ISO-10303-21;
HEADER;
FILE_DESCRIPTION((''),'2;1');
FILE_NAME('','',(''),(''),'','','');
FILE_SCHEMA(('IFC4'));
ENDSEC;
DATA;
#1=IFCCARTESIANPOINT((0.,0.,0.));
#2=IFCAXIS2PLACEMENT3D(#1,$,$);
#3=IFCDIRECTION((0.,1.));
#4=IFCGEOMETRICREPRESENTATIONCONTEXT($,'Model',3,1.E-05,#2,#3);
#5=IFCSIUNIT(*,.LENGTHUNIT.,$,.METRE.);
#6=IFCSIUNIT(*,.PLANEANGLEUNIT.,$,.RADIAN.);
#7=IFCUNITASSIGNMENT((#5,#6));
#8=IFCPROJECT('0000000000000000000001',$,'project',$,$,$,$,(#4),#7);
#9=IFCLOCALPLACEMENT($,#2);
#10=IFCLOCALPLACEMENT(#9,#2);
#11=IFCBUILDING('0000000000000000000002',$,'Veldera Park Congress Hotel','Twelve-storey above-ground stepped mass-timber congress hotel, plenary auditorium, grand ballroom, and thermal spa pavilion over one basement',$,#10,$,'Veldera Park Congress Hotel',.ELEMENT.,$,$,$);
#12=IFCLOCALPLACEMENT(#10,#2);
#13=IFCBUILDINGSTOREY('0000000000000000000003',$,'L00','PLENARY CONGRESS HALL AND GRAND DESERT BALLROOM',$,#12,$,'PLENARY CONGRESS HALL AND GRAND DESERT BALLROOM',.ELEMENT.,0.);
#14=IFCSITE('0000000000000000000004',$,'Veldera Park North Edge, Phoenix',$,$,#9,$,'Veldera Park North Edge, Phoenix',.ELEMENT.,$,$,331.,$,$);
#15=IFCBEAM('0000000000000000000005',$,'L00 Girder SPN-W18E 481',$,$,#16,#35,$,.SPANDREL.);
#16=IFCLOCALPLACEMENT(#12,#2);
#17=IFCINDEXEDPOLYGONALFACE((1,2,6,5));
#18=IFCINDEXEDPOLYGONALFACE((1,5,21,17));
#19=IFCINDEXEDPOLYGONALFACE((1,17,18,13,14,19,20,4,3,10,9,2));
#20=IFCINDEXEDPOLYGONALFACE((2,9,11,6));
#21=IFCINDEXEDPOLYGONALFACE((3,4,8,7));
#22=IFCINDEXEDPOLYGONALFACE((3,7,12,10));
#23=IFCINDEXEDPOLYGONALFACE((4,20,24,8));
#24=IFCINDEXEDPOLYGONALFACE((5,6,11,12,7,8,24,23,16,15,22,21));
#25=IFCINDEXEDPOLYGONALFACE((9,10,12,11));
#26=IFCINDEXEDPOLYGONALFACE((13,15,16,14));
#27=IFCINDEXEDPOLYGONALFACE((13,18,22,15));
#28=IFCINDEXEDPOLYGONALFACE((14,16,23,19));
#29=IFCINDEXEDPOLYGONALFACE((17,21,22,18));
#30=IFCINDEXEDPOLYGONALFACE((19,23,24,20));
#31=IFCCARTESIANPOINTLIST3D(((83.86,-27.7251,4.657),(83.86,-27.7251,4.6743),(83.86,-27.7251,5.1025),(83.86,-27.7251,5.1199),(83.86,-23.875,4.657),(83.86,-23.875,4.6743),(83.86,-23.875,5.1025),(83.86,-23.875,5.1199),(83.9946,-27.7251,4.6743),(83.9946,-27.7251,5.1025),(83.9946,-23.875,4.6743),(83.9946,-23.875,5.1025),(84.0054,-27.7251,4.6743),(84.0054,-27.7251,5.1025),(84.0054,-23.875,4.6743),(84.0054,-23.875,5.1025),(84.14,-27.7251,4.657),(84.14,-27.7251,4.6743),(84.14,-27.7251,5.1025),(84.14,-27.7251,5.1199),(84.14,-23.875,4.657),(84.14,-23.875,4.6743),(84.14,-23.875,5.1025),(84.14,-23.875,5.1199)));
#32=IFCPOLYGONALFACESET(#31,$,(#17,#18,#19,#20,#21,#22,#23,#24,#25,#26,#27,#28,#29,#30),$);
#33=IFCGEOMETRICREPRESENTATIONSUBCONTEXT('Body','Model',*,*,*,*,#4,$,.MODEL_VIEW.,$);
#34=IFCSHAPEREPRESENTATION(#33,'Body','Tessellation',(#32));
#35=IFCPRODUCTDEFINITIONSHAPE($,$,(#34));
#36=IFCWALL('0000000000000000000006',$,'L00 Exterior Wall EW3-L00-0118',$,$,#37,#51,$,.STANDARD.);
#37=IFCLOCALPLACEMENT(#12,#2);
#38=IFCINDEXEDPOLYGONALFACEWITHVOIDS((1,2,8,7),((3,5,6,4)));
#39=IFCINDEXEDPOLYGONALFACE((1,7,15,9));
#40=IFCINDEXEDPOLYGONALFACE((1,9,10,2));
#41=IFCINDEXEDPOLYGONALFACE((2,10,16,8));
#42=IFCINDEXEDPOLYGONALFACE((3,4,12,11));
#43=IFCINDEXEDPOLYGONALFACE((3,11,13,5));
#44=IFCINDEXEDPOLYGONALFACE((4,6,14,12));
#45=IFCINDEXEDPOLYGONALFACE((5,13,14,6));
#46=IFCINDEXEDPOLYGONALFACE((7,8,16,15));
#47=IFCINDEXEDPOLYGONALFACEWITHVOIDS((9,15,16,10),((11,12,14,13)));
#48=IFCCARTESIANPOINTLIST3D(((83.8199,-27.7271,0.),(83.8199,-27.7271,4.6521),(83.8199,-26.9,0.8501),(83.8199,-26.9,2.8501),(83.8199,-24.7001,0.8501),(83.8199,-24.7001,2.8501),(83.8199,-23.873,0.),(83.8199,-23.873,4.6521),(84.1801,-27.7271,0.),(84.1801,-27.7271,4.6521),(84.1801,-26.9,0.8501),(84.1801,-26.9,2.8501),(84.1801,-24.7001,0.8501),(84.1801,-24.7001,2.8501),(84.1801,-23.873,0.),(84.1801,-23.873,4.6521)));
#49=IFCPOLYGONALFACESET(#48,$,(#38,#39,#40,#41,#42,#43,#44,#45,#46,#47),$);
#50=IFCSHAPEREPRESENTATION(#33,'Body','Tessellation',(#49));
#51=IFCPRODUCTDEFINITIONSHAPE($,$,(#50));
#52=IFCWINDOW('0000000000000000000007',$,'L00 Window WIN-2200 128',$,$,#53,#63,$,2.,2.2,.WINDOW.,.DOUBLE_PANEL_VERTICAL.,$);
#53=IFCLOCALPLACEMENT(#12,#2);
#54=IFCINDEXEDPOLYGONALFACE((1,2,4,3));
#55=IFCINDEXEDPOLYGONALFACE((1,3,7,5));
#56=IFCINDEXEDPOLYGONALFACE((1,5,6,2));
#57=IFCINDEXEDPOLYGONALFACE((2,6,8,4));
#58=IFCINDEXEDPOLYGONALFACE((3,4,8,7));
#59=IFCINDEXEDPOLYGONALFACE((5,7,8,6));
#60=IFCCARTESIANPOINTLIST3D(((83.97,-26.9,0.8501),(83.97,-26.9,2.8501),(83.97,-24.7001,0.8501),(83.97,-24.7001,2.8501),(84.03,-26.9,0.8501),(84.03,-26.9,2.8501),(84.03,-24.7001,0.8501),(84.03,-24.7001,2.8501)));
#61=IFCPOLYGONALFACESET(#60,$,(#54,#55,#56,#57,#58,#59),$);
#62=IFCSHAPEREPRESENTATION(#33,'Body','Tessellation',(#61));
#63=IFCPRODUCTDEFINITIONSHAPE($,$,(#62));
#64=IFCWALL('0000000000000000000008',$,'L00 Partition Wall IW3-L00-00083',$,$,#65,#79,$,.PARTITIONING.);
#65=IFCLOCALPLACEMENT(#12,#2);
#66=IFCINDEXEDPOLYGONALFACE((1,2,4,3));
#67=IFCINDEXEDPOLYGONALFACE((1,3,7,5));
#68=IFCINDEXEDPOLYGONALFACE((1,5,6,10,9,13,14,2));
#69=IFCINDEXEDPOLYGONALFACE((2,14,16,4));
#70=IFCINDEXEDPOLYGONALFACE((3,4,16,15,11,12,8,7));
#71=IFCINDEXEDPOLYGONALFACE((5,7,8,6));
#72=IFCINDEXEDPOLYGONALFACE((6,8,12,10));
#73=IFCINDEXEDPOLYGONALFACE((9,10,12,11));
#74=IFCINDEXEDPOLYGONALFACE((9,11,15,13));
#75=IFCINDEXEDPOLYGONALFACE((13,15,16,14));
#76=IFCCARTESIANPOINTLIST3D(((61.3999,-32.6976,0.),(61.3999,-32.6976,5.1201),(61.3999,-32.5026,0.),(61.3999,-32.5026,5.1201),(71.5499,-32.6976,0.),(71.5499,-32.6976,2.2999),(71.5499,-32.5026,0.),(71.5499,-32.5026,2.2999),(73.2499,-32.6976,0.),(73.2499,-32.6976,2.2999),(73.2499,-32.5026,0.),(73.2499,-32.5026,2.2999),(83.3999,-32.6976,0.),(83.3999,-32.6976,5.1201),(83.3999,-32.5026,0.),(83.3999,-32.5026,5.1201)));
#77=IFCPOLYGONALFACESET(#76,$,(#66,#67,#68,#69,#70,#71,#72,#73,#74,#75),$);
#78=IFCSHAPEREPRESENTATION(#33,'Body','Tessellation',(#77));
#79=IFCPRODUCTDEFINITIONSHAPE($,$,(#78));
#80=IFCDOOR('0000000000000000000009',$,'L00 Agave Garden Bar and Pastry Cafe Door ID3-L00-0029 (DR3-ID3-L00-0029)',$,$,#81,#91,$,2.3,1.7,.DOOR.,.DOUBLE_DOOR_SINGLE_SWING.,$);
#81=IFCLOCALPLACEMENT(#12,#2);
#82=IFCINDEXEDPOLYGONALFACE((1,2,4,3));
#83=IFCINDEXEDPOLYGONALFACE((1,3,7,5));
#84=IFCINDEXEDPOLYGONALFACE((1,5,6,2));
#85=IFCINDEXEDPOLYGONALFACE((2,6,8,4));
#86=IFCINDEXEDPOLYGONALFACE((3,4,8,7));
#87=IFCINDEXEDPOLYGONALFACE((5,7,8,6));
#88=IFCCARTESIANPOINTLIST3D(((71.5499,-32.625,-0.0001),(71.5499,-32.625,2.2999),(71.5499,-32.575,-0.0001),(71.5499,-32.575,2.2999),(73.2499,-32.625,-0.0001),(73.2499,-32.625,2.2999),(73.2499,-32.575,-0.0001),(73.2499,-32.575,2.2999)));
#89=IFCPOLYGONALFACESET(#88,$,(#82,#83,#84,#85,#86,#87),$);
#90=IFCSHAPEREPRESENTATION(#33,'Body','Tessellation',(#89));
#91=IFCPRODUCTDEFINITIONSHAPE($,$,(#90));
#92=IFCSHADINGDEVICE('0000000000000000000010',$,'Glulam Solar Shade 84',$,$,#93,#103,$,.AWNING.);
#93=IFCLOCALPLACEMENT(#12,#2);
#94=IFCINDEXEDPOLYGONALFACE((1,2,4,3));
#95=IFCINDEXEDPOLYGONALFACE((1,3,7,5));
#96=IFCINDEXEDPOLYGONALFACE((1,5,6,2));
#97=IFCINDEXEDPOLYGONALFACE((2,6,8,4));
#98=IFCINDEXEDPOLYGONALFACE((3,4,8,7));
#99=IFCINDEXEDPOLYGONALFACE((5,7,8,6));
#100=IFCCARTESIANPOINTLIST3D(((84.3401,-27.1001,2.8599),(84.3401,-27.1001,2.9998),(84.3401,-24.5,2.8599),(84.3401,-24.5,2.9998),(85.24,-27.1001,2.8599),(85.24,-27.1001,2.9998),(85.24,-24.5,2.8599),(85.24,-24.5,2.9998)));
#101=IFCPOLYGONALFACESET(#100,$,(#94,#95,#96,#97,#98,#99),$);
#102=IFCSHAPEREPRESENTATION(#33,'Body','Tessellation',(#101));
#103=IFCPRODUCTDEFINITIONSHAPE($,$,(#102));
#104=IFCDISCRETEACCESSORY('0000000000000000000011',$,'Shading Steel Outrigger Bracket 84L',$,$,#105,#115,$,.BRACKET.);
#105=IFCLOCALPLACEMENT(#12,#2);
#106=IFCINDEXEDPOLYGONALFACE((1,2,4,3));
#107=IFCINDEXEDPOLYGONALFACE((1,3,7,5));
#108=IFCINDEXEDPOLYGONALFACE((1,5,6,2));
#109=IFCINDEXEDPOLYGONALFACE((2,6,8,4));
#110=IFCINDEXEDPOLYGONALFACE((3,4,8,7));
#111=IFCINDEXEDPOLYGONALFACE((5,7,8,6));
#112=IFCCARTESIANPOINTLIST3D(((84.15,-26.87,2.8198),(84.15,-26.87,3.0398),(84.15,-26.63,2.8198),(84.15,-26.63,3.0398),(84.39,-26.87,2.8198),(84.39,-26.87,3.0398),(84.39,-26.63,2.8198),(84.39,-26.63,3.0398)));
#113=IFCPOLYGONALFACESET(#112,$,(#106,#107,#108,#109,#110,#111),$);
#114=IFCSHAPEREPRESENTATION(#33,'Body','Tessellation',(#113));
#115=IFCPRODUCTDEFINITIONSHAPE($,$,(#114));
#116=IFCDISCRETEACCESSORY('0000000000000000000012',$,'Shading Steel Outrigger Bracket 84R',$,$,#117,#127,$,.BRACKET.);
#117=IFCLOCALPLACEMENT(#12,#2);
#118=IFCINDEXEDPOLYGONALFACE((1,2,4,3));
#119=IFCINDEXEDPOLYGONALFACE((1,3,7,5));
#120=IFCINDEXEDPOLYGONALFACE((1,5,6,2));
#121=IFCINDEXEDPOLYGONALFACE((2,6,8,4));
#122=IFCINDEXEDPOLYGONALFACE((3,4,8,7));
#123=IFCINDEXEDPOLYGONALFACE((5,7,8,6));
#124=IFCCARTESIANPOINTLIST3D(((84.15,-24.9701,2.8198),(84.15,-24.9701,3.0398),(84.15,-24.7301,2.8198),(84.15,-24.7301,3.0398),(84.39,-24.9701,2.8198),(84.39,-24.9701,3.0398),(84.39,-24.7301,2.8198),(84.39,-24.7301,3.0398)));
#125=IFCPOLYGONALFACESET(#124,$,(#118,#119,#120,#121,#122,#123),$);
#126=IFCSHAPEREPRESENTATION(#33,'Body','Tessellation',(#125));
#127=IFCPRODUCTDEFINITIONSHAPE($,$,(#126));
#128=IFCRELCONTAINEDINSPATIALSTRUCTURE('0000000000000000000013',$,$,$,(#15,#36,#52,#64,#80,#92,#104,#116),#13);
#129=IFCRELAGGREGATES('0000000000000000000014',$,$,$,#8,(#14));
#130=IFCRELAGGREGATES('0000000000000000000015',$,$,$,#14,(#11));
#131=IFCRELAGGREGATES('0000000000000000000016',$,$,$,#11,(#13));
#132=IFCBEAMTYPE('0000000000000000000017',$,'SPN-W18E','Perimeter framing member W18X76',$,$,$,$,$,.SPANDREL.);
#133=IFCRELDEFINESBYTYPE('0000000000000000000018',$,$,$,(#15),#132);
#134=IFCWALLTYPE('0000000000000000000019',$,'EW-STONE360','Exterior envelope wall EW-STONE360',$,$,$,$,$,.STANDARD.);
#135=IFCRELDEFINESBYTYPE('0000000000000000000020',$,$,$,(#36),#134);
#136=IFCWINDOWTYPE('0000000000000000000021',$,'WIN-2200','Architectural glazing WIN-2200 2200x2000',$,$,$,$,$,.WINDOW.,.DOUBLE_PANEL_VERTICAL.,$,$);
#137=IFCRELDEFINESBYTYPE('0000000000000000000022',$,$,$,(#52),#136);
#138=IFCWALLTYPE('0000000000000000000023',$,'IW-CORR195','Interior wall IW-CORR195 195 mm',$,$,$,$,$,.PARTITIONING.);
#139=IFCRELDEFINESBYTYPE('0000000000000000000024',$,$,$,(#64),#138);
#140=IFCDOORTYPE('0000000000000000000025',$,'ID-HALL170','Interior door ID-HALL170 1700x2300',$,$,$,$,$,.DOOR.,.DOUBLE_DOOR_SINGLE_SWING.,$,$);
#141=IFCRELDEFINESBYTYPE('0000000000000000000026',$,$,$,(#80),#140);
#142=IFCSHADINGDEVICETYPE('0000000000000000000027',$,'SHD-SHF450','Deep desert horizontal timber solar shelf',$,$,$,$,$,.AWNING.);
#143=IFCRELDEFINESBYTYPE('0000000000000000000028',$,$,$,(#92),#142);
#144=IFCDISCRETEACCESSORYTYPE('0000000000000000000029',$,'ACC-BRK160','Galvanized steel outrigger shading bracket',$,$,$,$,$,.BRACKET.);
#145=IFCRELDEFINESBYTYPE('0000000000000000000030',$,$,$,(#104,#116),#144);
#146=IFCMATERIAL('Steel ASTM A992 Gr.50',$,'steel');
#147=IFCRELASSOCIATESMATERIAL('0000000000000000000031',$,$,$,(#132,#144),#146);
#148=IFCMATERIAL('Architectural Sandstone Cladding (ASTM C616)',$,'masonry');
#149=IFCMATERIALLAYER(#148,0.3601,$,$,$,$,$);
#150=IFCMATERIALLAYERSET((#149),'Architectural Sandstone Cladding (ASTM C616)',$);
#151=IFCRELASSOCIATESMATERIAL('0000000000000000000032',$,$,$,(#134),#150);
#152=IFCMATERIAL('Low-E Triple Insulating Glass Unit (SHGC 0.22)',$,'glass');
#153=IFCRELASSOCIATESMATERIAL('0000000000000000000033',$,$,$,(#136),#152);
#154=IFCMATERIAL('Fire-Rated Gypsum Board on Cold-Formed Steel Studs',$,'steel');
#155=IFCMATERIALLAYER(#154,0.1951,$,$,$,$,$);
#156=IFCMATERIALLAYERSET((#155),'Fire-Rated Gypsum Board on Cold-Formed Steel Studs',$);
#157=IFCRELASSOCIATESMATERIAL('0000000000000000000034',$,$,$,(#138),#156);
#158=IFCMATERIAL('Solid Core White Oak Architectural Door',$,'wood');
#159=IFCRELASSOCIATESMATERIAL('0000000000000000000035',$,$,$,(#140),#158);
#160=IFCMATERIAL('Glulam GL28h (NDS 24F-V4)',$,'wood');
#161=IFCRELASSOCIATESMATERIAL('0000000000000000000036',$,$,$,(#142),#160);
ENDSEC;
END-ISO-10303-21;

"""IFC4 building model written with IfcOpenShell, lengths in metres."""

from ifc_helpers import new_model, si_unit, direction, frame, frame_2d, origin, origin_2d, place, context, subcontext, project, spatial, rectangle, i_section, extrude, material, layer, layer_set, material_profile, profile_set, type_object, element, fill, save


model = new_model("IFC4")

# Units and contexts
model_context = context("Model", 3, precision=1e-05, world=origin(), true_north=direction((0.0, 1.0)))
body_context = subcontext(model_context, "Body", "Model", "MODEL_VIEW")
ifc_project = project(units=[si_unit("LENGTHUNIT", "METRE"), si_unit("PLANEANGLEUNIT", "RADIAN")], contexts=[model_context])

# Site, building, storey
site_placement = place(None, origin())
site = spatial("IfcSite", under=ifc_project, at=site_placement, Name="Veldera Park North Edge, Phoenix", LongName="Veldera Park North Edge, Phoenix", CompositionType="ELEMENT", RefElevation=331.0)
building_placement = place(site_placement, origin())
building = spatial("IfcBuilding", under=site, at=building_placement, Name="Veldera Park Congress Hotel", Description="Twelve-storey above-ground stepped mass-timber congress hotel, plenary auditorium, grand ballroom, and thermal spa pavilion over one basement", LongName="Veldera Park Congress Hotel", CompositionType="ELEMENT")
storey_placement = place(building_placement, origin())
storey = spatial("IfcBuildingStorey", under=building, at=storey_placement, Name="L00", Description="PLENARY CONGRESS HALL AND GRAND DESERT BALLROOM", LongName="PLENARY CONGRESS HALL AND GRAND DESERT BALLROOM", CompositionType="ELEMENT", Elevation=0.0)

# Beam
ifc_material_1 = material(Name="Glulam GL28h (NDS 24F-V4)", Category="wood")
ifc_material_2 = material(Name="Steel ASTM A992 Gr.50", Category="steel")
ifc_material_profile_1 = material_profile(ifc_material_2, i_section(OverallWidth=0.28, OverallDepth=0.4629, WebThickness=0.0107, FlangeThickness=0.0173, at=origin_2d()), Name="W18X76")
ifc_profile_set_1 = profile_set([ifc_material_profile_1], Name="Steel ASTM A992 Gr.50")
beam_type_1 = type_object("IfcBeamType", Name="SPN-W18E", Description="Perimeter framing member W18X76", PredefinedType="SPANDREL", material=ifc_profile_set_1)
beam_1_placement = place(storey_placement, frame((84.0, -27.7251, 4.8884), z_axis=(0.0, 1.0, 0.0), x_axis=(-1.0, 0.0, 0.0)))
element("IfcBeam", 1, at=beam_1_placement, inside=storey, type_object=beam_type_1, Name="L00 Girder SPN-W18E 481", PredefinedType="SPANDREL", context=body_context, shape_type="SweptSolid", body=[
    extrude(i_section(OverallWidth=0.28, OverallDepth=0.4629, WebThickness=0.0107, FlangeThickness=0.0173, at=origin_2d()), origin(), (0.0, 0.0, 1.0), 3.8501),
])

# Wall, opening, window
ifc_material_3 = material(Name="Architectural Sandstone Cladding (ASTM C616)", Category="masonry")
ifc_layer_1 = layer(ifc_material_3, 0.3601)
ifc_layer_set_1 = layer_set([ifc_layer_1], Name="Architectural Sandstone Cladding (ASTM C616)")
wall_type_1 = type_object("IfcWallType", Name="EW-STONE360", Description="Exterior envelope wall EW-STONE360", PredefinedType="STANDARD", material=ifc_layer_set_1)
wall_1_placement = place(storey_placement, frame((84.0, -27.7271, 0.0), z_axis=(0.0, 0.0, 1.0), x_axis=(0.0, 1.0, 0.0)))
wall_1 = element("IfcWall", 2, at=wall_1_placement, inside=storey, type_object=wall_type_1, Name="L00 Exterior Wall EW3-L00-0118", PredefinedType="STANDARD", context=body_context, shape_type="SweptSolid", body=[
    extrude(rectangle(XDim=3.854, YDim=0.3601, at=frame_2d((1.927, 0.0))), origin(), (0.0, 0.0, 1.0), 4.6521),
])
opening_1_placement = place(wall_1_placement, frame((0.8269, 0.0, 0.8501)))
opening_1 = element("IfcOpeningElement", 3, at=opening_1_placement, cuts=wall_1, PredefinedType="OPENING", context=body_context, shape_type="SweptSolid", body=[
    extrude(rectangle(XDim=2.2, YDim=2.0, at=frame_2d((1.1001, 1.0))), frame((0.0, 0.1921, 0.0), z_axis=(0.0, -1.0, 0.0), x_axis=(1.0, 0.0, 0.0)), (0.0, 0.0, 1.0), 0.384),
])
ifc_material_4 = material(Name="Low-E Triple Insulating Glass Unit (SHGC 0.22)", Category="glass")
window_type = type_object("IfcWindowType", Name="WIN-2200", Description="Architectural glazing WIN-2200 2200x2000", PartitioningType="DOUBLE_PANEL_VERTICAL", PredefinedType="WINDOW", material=ifc_material_4)
window_placement = place(opening_1_placement, origin())
window = element("IfcWindow", 4, at=window_placement, inside=storey, type_object=window_type, Name="L00 Window WIN-2200 128", OverallHeight=2.0, OverallWidth=2.2, PartitioningType="DOUBLE_PANEL_VERTICAL", PredefinedType="WINDOW", context=body_context, shape_type="SweptSolid", body=[
    extrude(rectangle(XDim=2.2, YDim=2.0, at=frame_2d((1.1001, 1.0))), frame((0.0, 0.03, 0.0), z_axis=(0.0, -1.0, 0.0), x_axis=(1.0, 0.0, 0.0)), (0.0, 0.0, 1.0), 0.0601),
])
fill(opening_1, window)

# Wall, opening, door
ifc_material_5 = material(Name="Fire-Rated Gypsum Board on Cold-Formed Steel Studs", Category="steel")
ifc_layer_2 = layer(ifc_material_5, 0.1951)
ifc_layer_set_2 = layer_set([ifc_layer_2], Name="Fire-Rated Gypsum Board on Cold-Formed Steel Studs")
wall_type_2 = type_object("IfcWallType", Name="IW-CORR195", Description="Interior wall IW-CORR195 195 mm", PredefinedType="PARTITIONING", material=ifc_layer_set_2)
wall_2_placement = place(storey_placement, frame((83.3999, -32.6001, 0.0), z_axis=(0.0, 0.0, 1.0), x_axis=(-1.0, 0.0, 0.0)))
wall_2 = element("IfcWall", 5, at=wall_2_placement, inside=storey, type_object=wall_type_2, Name="L00 Partition Wall IW3-L00-00083", PredefinedType="PARTITIONING", context=body_context, shape_type="SweptSolid", body=[
    extrude(rectangle(XDim=22.0, YDim=0.1951, at=frame_2d((11.0, 0.0))), origin(), (0.0, 0.0, 1.0), 5.1201),
])
opening_2_placement = place(wall_2_placement, frame((10.1499, 0.0, 0.0)))
opening_2 = element("IfcOpeningElement", 6, at=opening_2_placement, cuts=wall_2, PredefinedType="OPENING", context=body_context, shape_type="SweptSolid", body=[
    extrude(rectangle(XDim=1.7, YDim=2.3, at=frame_2d((0.8501, 1.1499))), frame((0.0, 0.1096, 0.0), z_axis=(0.0, -1.0, 0.0), x_axis=(1.0, 0.0, 0.0)), (0.0, 0.0, 1.0), 0.219),
])
ifc_material_6 = material(Name="Solid Core White Oak Architectural Door", Category="wood")
door_type = type_object("IfcDoorType", Name="ID-HALL170", Description="Interior door ID-HALL170 1700x2300", OperationType="DOUBLE_DOOR_SINGLE_SWING", PredefinedType="DOOR", material=ifc_material_6)
door_placement = place(opening_2_placement, origin())
door = element("IfcDoor", 7, at=door_placement, inside=storey, type_object=door_type, Name="L00 Agave Garden Bar and Pastry Cafe Door ID3-L00-0029 (DR3-ID3-L00-0029)", OperationType="DOUBLE_DOOR_SINGLE_SWING", OverallHeight=2.3, OverallWidth=1.7, PredefinedType="DOOR", context=body_context, shape_type="SweptSolid", body=[
    extrude(rectangle(XDim=1.7, YDim=2.3, at=frame_2d((0.8501, 1.1499))), frame((0.0, 0.0249, 0.0), z_axis=(0.0, -1.0, 0.0), x_axis=(1.0, 0.0, 0.0)), (0.0, 0.0, 1.0), 0.05),
])
fill(opening_2, door)

# Shading device
shading_device_type = type_object("IfcShadingDeviceType", Name="SHD-SHF450", Description="Deep desert horizontal timber solar shelf", PredefinedType="AWNING", material=ifc_material_1)
shading_device_placement = place(storey_placement, frame((84.79, -25.8, 2.8599), z_axis=(0.0, 0.0, 1.0), x_axis=(0.0, 1.0, 0.0)))
element("IfcShadingDevice", 8, at=shading_device_placement, inside=storey, type_object=shading_device_type, Name="Glulam Solar Shade 84", PredefinedType="AWNING", context=body_context, shape_type="SweptSolid", body=[
    extrude(rectangle(XDim=2.6001, YDim=0.8999, at=origin_2d()), origin(), (0.0, 0.0, 1.0), 0.1399),
])

# Discrete accessories
discrete_accessory_type = type_object("IfcDiscreteAccessoryType", Name="ACC-BRK160", Description="Galvanized steel outrigger shading bracket", PredefinedType="BRACKET", material=ifc_material_2)
for number, where, z_axis, x_axis, name in (
    (9, (84.27, -26.75, 2.8198), (0.0, 0.0, 1.0), (0.0, 1.0, 0.0), "Shading Steel Outrigger Bracket 84L"),
    (10, (84.27, -24.8501, 2.8198), (0.0, 0.0, 1.0), (0.0, 1.0, 0.0), "Shading Steel Outrigger Bracket 84R"),
):
    element("IfcDiscreteAccessory", number, at=place(storey_placement, frame(where, z_axis=z_axis, x_axis=x_axis)), inside=storey, type_object=discrete_accessory_type, Name=name, PredefinedType="BRACKET", context=body_context, shape_type="SweptSolid", body=[
        extrude(rectangle(XDim=0.24, YDim=0.24, at=origin_2d()), origin(), (0.0, 0.0, 1.0), 0.22),
    ])

save(model, "model.ifc")
